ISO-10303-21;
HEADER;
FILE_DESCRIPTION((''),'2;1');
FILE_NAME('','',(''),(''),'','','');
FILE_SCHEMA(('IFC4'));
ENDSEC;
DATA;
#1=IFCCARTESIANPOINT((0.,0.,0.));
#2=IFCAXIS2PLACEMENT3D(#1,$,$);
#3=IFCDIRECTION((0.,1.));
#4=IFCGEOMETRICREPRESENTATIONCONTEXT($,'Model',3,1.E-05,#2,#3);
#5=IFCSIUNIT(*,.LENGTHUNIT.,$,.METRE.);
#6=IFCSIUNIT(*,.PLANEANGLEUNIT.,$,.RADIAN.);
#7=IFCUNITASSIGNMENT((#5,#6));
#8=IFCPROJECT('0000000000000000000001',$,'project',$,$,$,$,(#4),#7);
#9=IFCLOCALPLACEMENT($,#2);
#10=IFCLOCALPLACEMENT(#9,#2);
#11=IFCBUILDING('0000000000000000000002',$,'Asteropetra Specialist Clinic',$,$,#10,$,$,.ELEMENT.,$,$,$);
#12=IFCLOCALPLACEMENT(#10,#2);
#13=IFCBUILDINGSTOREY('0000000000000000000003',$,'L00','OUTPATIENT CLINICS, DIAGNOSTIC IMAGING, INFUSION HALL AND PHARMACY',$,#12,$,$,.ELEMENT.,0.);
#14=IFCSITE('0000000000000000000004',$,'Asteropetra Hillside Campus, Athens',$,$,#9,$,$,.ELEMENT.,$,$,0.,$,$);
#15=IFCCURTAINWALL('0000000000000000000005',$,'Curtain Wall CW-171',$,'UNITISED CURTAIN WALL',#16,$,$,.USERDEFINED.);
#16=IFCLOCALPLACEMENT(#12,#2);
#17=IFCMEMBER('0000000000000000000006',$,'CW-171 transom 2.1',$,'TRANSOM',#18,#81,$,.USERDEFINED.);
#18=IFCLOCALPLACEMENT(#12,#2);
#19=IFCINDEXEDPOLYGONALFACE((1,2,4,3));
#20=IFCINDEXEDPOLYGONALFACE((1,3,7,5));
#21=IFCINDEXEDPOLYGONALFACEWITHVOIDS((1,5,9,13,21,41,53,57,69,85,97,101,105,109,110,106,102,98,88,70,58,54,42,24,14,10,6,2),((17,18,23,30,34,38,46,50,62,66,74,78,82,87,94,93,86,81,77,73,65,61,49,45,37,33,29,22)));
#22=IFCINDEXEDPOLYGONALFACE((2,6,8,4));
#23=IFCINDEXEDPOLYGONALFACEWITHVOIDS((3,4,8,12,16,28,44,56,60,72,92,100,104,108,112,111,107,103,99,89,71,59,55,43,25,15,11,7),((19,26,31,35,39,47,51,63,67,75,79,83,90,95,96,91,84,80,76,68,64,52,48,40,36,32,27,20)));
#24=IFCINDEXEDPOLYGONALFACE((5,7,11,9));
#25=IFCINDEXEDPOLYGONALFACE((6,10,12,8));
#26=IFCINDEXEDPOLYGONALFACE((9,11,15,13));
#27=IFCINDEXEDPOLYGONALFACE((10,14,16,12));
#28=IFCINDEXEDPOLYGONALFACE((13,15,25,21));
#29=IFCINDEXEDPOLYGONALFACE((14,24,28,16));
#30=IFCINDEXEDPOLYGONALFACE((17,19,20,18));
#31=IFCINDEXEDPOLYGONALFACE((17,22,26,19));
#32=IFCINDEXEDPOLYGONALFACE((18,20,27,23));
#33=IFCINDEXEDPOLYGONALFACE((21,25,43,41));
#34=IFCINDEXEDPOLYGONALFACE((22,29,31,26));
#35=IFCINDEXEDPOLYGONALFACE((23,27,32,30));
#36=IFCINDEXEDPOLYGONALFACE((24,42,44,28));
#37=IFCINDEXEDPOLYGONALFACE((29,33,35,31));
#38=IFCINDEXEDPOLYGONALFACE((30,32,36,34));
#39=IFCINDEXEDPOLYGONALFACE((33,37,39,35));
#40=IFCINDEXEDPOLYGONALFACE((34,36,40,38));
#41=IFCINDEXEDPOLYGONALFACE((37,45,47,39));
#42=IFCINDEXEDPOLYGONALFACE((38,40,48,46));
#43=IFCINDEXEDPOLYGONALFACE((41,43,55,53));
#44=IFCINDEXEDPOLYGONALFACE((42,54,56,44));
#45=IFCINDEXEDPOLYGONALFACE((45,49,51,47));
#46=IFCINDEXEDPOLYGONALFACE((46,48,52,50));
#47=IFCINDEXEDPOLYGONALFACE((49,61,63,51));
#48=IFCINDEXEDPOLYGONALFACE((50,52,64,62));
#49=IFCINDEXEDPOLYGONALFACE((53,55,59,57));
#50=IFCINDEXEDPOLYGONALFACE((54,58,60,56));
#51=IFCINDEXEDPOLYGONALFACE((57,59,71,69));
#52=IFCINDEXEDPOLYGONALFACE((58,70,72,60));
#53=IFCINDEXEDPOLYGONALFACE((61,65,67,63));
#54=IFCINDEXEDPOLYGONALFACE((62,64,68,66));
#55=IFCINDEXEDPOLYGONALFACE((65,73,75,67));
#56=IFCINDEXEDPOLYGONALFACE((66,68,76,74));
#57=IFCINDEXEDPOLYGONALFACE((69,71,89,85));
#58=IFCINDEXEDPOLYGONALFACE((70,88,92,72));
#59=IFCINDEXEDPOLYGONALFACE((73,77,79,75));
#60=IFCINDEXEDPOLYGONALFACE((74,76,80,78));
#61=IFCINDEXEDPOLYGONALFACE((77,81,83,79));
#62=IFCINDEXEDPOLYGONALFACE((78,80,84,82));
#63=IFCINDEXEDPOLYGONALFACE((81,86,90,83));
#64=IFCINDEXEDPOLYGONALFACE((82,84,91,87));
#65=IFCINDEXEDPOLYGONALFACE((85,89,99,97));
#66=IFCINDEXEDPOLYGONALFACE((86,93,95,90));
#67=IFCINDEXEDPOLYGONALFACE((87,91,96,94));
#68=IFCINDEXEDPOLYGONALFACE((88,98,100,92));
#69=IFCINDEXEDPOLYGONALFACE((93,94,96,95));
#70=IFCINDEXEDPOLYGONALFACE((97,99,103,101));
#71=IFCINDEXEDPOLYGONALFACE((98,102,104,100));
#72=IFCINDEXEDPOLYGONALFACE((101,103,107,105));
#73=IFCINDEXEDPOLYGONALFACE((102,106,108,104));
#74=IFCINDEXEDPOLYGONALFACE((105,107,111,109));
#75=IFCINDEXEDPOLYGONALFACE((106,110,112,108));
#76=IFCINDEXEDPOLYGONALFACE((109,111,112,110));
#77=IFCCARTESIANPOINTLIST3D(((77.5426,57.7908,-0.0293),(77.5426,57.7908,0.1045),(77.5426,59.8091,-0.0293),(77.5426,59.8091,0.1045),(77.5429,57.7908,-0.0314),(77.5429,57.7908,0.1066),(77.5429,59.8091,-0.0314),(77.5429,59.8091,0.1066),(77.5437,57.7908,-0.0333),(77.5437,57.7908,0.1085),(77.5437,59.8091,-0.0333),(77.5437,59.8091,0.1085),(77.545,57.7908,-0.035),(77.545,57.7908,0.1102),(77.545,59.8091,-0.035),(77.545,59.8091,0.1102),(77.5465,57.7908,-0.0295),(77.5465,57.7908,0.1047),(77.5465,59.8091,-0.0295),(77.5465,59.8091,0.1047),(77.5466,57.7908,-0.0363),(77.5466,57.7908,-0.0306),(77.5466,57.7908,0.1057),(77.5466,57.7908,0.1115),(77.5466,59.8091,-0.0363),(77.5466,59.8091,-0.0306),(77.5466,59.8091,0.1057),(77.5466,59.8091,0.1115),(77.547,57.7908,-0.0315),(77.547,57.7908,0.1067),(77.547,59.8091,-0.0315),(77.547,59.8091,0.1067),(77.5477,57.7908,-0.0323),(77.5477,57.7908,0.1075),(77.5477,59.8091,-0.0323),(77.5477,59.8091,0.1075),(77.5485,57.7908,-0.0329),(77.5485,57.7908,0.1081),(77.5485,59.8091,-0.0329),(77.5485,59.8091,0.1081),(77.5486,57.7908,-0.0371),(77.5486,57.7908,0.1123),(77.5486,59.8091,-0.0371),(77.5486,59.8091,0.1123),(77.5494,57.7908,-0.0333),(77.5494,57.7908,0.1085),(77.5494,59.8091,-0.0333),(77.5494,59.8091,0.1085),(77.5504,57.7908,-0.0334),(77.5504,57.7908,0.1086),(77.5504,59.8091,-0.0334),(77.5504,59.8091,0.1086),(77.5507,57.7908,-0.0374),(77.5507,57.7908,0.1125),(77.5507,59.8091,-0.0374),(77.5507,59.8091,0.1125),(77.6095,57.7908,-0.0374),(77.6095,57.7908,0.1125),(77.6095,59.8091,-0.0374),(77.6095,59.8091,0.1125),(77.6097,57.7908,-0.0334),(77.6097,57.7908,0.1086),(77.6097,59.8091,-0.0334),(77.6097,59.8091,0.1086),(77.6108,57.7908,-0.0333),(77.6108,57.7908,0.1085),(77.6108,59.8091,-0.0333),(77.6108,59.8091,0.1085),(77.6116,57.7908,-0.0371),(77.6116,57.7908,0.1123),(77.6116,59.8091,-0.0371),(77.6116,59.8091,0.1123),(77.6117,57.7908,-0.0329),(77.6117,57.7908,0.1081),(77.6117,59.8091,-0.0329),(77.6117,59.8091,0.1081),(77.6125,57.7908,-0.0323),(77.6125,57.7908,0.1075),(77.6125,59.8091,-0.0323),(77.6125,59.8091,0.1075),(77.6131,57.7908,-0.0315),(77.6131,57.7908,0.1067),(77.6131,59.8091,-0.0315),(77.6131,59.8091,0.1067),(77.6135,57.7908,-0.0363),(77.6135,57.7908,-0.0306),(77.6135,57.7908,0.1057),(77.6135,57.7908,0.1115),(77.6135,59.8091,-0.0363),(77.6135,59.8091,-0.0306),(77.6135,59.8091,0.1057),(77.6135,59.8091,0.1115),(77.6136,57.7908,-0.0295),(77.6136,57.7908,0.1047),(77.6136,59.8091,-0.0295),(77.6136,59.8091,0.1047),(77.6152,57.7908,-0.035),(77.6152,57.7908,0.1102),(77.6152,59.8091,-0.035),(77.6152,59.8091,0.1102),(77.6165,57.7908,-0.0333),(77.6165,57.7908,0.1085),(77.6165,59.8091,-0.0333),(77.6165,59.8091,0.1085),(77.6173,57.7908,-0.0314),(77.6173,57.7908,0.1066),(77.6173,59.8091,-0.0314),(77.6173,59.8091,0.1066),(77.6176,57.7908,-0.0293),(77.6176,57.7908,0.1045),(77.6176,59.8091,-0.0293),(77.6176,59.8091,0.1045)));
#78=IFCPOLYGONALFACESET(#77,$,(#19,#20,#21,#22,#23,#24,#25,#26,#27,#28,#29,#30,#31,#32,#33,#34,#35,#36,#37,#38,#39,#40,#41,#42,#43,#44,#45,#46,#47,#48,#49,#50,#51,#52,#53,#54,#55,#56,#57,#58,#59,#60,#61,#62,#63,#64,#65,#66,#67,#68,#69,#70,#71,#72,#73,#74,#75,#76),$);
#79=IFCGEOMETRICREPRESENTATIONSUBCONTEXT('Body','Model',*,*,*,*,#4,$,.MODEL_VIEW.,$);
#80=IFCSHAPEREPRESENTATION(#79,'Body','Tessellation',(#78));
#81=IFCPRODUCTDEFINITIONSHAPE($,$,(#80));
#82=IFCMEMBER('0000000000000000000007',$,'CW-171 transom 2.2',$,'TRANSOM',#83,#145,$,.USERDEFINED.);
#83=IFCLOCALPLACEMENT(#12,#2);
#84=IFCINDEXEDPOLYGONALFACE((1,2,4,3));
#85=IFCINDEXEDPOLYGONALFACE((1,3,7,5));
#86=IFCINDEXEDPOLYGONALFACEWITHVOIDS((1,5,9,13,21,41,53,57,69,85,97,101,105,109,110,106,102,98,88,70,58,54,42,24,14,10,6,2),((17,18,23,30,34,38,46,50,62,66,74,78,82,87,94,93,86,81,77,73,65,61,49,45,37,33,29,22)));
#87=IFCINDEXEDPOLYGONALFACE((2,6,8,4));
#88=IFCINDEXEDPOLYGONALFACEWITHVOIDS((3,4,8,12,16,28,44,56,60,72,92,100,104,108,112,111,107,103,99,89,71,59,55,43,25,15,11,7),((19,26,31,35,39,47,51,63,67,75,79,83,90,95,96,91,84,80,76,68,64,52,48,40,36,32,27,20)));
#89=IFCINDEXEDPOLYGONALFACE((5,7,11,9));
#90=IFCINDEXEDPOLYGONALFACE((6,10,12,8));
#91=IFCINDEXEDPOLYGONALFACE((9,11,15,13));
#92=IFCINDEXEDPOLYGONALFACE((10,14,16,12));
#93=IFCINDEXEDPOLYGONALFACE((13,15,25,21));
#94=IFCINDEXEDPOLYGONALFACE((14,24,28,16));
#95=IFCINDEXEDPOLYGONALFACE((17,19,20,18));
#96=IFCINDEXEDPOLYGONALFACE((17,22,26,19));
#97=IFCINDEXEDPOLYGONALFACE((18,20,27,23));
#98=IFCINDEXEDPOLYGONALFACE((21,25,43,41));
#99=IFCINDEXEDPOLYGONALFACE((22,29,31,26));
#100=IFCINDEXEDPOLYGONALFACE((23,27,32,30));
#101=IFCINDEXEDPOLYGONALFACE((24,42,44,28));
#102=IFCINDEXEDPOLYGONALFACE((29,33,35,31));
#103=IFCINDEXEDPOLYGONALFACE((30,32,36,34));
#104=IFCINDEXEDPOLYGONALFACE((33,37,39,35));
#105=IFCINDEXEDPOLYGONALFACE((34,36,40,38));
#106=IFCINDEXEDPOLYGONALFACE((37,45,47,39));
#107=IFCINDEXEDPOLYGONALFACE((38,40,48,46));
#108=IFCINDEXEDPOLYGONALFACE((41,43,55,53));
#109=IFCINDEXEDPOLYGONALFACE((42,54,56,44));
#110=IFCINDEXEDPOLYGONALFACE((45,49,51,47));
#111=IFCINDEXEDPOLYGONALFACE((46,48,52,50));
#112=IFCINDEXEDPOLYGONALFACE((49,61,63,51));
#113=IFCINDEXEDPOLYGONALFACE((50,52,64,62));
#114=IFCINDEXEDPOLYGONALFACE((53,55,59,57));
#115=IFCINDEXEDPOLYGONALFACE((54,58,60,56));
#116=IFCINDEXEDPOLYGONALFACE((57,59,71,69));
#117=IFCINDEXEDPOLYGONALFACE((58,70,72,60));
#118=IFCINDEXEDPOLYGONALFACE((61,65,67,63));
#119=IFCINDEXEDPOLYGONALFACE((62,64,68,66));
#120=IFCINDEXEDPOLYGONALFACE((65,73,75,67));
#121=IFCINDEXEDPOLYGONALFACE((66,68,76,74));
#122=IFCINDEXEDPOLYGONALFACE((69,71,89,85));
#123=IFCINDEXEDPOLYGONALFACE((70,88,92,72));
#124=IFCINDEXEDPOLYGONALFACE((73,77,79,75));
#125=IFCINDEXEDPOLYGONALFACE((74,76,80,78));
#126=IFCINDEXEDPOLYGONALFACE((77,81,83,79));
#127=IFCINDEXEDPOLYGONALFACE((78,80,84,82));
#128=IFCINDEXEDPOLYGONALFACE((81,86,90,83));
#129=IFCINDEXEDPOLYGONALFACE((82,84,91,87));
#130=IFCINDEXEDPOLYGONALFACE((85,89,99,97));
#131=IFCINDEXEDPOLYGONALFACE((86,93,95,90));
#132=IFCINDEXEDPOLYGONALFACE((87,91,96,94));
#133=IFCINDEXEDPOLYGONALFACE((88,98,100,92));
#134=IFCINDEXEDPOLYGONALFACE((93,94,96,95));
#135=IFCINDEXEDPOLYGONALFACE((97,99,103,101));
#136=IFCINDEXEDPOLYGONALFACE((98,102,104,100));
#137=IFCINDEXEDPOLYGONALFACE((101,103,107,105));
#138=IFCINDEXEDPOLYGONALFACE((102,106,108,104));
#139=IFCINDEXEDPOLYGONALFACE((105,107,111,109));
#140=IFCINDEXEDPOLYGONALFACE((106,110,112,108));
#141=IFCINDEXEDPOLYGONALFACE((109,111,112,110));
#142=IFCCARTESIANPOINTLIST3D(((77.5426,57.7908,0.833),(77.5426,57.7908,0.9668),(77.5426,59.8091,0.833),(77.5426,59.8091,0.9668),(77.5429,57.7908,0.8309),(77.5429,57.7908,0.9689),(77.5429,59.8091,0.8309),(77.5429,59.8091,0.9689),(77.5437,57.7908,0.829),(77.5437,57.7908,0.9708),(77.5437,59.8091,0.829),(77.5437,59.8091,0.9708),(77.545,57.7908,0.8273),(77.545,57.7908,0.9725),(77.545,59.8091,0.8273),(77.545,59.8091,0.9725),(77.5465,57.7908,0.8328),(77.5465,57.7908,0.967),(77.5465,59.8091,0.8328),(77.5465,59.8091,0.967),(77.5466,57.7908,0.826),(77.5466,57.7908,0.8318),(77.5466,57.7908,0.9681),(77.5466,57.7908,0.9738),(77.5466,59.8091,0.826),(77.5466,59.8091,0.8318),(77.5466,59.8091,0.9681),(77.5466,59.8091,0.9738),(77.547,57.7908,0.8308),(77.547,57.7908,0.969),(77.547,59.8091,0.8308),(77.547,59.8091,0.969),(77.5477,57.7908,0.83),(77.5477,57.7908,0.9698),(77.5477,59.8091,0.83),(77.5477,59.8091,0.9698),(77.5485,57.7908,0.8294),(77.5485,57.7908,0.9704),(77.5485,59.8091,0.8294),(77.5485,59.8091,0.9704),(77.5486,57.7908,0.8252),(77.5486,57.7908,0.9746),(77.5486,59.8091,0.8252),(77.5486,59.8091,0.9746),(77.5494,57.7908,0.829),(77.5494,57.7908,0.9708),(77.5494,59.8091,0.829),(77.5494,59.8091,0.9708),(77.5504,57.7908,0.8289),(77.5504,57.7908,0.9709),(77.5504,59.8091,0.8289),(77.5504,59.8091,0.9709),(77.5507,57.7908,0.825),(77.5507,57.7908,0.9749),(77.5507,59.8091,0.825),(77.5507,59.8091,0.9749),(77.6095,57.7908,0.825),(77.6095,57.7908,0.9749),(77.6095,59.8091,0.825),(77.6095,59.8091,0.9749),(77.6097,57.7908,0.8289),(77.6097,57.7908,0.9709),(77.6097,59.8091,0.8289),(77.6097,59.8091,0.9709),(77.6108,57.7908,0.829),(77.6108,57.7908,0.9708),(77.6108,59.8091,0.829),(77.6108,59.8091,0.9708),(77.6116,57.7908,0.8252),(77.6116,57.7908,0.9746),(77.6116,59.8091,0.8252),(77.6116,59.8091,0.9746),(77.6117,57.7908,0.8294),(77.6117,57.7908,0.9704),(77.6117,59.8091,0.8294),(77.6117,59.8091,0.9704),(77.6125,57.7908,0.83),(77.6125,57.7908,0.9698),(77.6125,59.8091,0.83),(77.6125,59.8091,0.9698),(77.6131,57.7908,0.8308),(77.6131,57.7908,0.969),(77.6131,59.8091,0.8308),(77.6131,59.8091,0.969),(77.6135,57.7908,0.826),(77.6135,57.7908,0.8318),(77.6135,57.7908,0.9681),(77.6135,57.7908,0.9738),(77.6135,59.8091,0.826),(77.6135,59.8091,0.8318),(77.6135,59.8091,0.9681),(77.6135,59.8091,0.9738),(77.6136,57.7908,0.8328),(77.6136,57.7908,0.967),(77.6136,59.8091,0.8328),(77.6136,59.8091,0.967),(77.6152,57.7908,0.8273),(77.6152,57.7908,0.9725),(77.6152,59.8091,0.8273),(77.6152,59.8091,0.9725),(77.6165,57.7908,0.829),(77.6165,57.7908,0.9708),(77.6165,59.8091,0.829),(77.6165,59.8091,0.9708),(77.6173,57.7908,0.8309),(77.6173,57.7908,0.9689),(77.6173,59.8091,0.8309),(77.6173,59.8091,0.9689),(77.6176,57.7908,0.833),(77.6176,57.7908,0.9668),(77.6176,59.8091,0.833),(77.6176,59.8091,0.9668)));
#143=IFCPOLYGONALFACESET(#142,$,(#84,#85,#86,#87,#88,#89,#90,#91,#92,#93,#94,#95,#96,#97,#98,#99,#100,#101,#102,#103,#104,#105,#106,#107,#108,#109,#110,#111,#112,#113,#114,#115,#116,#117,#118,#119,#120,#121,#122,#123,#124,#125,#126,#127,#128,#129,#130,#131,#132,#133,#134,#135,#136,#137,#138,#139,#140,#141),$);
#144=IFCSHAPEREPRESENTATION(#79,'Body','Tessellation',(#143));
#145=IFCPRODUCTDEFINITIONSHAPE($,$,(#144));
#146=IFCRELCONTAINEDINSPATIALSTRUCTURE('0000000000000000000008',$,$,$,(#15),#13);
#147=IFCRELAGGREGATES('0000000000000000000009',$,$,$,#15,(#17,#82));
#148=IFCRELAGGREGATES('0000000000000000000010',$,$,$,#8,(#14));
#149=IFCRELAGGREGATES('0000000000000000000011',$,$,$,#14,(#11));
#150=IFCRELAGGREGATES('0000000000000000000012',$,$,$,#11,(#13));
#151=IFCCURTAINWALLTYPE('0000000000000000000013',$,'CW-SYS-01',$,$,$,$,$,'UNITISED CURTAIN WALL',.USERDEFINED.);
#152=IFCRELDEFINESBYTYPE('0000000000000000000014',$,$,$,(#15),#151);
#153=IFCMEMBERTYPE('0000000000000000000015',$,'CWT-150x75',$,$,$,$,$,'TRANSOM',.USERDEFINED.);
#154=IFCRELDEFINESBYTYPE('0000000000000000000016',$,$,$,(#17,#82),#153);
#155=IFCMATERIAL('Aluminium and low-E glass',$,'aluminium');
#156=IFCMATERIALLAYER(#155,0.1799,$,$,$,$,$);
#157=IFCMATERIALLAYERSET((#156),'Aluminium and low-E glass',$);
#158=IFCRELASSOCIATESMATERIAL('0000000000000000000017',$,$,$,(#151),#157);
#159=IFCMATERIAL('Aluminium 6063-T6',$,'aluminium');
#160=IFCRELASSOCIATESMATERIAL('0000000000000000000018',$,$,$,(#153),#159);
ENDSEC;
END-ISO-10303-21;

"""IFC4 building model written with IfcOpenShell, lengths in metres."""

from ifc_helpers import new_model, si_unit, direction, frame, origin, origin_2d, place, context, subcontext, project, spatial, hollow_rectangle, extrude, material, layer, layer_set, material_profile, profile_set, type_object, element, aggregate, save


model = new_model("IFC4")

# Units and contexts
model_context = context("Model", 3, precision=1e-05, world=origin(), true_north=direction((0.0, 1.0)))
body_context = subcontext(model_context, "Body", "Model", "MODEL_VIEW")
ifc_project = project(units=[si_unit("LENGTHUNIT", "METRE"), si_unit("PLANEANGLEUNIT", "RADIAN")], contexts=[model_context])

# Site, building, storey
site_placement = place(None, origin())
site = spatial("IfcSite", under=ifc_project, at=site_placement, Name="Asteropetra Hillside Campus, Athens", CompositionType="ELEMENT", RefElevation=0.0)
building_placement = place(site_placement, origin())
building = spatial("IfcBuilding", under=site, at=building_placement, Name="Asteropetra Specialist Clinic", CompositionType="ELEMENT")
storey_placement = place(building_placement, origin())
storey = spatial("IfcBuildingStorey", under=building, at=storey_placement, Name="L00", Description="OUTPATIENT CLINICS, DIAGNOSTIC IMAGING, INFUSION HALL AND PHARMACY", CompositionType="ELEMENT", Elevation=0.0)

# Curtain wall, members
ifc_material_1 = material(Name="Aluminium and low-E glass", Category="aluminium")
ifc_layer_1 = layer(ifc_material_1, 0.1799)
ifc_layer_set_1 = layer_set([ifc_layer_1], Name="Aluminium and low-E glass")
curtain_wall_type_1 = type_object("IfcCurtainWallType", Name="CW-SYS-01", ElementType="UNITISED CURTAIN WALL", PredefinedType="USERDEFINED", material=ifc_layer_set_1)
curtain_wall_1_placement = place(storey_placement, origin())
curtain_wall_1 = element("IfcCurtainWall", 1, at=curtain_wall_1_placement, inside=storey, type_object=curtain_wall_type_1, Name="Curtain Wall CW-171", ObjectType="UNITISED CURTAIN WALL", PredefinedType="USERDEFINED")
ifc_material_2 = material(Name="Aluminium 6063-T6", Category="aluminium")
ifc_material_profile_1 = material_profile(ifc_material_2, hollow_rectangle(XDim=0.075, YDim=0.1499, WallThickness=0.0039, InnerFilletRadius=0.0039, OuterFilletRadius=0.0081, at=origin_2d()), Name="TRN 150x75x4.0")
ifc_profile_set_1 = profile_set([ifc_material_profile_1], Name="Aluminium 6063-T6")
member_type_1 = type_object("IfcMemberType", Name="CWT-150x75", ElementType="TRANSOM", PredefinedType="USERDEFINED", material=ifc_profile_set_1)
member_1_placement = place(storey_placement, frame((77.5801, 59.8091, 0.0376), z_axis=(0.0, -1.0, 0.0), x_axis=(1.0, 0.0, 0.0)))
member_1 = element("IfcMember", 2, at=member_1_placement, type_object=member_type_1, Name="CW-171 transom 2.1", ObjectType="TRANSOM", PredefinedType="USERDEFINED", context=body_context, shape_type="SweptSolid", body=[
    extrude(hollow_rectangle(XDim=0.075, YDim=0.1499, WallThickness=0.0039, InnerFilletRadius=0.0039, OuterFilletRadius=0.0081, at=origin_2d()), origin(), (0.0, 0.0, 1.0), 2.0183),
])
member_2_placement = place(storey_placement, frame((77.5801, 59.8091, 0.8999), z_axis=(0.0, -1.0, 0.0), x_axis=(1.0, 0.0, 0.0)))
member_2 = element("IfcMember", 3, at=member_2_placement, type_object=member_type_1, Name="CW-171 transom 2.2", ObjectType="TRANSOM", PredefinedType="USERDEFINED", context=body_context, shape_type="SweptSolid", body=[
    extrude(hollow_rectangle(XDim=0.075, YDim=0.1499, WallThickness=0.0039, InnerFilletRadius=0.0039, OuterFilletRadius=0.0081, at=origin_2d()), origin(), (0.0, 0.0, 1.0), 2.0183),
])

aggregate(curtain_wall_1, [member_1, member_2])

save(model, "model.ifc")
